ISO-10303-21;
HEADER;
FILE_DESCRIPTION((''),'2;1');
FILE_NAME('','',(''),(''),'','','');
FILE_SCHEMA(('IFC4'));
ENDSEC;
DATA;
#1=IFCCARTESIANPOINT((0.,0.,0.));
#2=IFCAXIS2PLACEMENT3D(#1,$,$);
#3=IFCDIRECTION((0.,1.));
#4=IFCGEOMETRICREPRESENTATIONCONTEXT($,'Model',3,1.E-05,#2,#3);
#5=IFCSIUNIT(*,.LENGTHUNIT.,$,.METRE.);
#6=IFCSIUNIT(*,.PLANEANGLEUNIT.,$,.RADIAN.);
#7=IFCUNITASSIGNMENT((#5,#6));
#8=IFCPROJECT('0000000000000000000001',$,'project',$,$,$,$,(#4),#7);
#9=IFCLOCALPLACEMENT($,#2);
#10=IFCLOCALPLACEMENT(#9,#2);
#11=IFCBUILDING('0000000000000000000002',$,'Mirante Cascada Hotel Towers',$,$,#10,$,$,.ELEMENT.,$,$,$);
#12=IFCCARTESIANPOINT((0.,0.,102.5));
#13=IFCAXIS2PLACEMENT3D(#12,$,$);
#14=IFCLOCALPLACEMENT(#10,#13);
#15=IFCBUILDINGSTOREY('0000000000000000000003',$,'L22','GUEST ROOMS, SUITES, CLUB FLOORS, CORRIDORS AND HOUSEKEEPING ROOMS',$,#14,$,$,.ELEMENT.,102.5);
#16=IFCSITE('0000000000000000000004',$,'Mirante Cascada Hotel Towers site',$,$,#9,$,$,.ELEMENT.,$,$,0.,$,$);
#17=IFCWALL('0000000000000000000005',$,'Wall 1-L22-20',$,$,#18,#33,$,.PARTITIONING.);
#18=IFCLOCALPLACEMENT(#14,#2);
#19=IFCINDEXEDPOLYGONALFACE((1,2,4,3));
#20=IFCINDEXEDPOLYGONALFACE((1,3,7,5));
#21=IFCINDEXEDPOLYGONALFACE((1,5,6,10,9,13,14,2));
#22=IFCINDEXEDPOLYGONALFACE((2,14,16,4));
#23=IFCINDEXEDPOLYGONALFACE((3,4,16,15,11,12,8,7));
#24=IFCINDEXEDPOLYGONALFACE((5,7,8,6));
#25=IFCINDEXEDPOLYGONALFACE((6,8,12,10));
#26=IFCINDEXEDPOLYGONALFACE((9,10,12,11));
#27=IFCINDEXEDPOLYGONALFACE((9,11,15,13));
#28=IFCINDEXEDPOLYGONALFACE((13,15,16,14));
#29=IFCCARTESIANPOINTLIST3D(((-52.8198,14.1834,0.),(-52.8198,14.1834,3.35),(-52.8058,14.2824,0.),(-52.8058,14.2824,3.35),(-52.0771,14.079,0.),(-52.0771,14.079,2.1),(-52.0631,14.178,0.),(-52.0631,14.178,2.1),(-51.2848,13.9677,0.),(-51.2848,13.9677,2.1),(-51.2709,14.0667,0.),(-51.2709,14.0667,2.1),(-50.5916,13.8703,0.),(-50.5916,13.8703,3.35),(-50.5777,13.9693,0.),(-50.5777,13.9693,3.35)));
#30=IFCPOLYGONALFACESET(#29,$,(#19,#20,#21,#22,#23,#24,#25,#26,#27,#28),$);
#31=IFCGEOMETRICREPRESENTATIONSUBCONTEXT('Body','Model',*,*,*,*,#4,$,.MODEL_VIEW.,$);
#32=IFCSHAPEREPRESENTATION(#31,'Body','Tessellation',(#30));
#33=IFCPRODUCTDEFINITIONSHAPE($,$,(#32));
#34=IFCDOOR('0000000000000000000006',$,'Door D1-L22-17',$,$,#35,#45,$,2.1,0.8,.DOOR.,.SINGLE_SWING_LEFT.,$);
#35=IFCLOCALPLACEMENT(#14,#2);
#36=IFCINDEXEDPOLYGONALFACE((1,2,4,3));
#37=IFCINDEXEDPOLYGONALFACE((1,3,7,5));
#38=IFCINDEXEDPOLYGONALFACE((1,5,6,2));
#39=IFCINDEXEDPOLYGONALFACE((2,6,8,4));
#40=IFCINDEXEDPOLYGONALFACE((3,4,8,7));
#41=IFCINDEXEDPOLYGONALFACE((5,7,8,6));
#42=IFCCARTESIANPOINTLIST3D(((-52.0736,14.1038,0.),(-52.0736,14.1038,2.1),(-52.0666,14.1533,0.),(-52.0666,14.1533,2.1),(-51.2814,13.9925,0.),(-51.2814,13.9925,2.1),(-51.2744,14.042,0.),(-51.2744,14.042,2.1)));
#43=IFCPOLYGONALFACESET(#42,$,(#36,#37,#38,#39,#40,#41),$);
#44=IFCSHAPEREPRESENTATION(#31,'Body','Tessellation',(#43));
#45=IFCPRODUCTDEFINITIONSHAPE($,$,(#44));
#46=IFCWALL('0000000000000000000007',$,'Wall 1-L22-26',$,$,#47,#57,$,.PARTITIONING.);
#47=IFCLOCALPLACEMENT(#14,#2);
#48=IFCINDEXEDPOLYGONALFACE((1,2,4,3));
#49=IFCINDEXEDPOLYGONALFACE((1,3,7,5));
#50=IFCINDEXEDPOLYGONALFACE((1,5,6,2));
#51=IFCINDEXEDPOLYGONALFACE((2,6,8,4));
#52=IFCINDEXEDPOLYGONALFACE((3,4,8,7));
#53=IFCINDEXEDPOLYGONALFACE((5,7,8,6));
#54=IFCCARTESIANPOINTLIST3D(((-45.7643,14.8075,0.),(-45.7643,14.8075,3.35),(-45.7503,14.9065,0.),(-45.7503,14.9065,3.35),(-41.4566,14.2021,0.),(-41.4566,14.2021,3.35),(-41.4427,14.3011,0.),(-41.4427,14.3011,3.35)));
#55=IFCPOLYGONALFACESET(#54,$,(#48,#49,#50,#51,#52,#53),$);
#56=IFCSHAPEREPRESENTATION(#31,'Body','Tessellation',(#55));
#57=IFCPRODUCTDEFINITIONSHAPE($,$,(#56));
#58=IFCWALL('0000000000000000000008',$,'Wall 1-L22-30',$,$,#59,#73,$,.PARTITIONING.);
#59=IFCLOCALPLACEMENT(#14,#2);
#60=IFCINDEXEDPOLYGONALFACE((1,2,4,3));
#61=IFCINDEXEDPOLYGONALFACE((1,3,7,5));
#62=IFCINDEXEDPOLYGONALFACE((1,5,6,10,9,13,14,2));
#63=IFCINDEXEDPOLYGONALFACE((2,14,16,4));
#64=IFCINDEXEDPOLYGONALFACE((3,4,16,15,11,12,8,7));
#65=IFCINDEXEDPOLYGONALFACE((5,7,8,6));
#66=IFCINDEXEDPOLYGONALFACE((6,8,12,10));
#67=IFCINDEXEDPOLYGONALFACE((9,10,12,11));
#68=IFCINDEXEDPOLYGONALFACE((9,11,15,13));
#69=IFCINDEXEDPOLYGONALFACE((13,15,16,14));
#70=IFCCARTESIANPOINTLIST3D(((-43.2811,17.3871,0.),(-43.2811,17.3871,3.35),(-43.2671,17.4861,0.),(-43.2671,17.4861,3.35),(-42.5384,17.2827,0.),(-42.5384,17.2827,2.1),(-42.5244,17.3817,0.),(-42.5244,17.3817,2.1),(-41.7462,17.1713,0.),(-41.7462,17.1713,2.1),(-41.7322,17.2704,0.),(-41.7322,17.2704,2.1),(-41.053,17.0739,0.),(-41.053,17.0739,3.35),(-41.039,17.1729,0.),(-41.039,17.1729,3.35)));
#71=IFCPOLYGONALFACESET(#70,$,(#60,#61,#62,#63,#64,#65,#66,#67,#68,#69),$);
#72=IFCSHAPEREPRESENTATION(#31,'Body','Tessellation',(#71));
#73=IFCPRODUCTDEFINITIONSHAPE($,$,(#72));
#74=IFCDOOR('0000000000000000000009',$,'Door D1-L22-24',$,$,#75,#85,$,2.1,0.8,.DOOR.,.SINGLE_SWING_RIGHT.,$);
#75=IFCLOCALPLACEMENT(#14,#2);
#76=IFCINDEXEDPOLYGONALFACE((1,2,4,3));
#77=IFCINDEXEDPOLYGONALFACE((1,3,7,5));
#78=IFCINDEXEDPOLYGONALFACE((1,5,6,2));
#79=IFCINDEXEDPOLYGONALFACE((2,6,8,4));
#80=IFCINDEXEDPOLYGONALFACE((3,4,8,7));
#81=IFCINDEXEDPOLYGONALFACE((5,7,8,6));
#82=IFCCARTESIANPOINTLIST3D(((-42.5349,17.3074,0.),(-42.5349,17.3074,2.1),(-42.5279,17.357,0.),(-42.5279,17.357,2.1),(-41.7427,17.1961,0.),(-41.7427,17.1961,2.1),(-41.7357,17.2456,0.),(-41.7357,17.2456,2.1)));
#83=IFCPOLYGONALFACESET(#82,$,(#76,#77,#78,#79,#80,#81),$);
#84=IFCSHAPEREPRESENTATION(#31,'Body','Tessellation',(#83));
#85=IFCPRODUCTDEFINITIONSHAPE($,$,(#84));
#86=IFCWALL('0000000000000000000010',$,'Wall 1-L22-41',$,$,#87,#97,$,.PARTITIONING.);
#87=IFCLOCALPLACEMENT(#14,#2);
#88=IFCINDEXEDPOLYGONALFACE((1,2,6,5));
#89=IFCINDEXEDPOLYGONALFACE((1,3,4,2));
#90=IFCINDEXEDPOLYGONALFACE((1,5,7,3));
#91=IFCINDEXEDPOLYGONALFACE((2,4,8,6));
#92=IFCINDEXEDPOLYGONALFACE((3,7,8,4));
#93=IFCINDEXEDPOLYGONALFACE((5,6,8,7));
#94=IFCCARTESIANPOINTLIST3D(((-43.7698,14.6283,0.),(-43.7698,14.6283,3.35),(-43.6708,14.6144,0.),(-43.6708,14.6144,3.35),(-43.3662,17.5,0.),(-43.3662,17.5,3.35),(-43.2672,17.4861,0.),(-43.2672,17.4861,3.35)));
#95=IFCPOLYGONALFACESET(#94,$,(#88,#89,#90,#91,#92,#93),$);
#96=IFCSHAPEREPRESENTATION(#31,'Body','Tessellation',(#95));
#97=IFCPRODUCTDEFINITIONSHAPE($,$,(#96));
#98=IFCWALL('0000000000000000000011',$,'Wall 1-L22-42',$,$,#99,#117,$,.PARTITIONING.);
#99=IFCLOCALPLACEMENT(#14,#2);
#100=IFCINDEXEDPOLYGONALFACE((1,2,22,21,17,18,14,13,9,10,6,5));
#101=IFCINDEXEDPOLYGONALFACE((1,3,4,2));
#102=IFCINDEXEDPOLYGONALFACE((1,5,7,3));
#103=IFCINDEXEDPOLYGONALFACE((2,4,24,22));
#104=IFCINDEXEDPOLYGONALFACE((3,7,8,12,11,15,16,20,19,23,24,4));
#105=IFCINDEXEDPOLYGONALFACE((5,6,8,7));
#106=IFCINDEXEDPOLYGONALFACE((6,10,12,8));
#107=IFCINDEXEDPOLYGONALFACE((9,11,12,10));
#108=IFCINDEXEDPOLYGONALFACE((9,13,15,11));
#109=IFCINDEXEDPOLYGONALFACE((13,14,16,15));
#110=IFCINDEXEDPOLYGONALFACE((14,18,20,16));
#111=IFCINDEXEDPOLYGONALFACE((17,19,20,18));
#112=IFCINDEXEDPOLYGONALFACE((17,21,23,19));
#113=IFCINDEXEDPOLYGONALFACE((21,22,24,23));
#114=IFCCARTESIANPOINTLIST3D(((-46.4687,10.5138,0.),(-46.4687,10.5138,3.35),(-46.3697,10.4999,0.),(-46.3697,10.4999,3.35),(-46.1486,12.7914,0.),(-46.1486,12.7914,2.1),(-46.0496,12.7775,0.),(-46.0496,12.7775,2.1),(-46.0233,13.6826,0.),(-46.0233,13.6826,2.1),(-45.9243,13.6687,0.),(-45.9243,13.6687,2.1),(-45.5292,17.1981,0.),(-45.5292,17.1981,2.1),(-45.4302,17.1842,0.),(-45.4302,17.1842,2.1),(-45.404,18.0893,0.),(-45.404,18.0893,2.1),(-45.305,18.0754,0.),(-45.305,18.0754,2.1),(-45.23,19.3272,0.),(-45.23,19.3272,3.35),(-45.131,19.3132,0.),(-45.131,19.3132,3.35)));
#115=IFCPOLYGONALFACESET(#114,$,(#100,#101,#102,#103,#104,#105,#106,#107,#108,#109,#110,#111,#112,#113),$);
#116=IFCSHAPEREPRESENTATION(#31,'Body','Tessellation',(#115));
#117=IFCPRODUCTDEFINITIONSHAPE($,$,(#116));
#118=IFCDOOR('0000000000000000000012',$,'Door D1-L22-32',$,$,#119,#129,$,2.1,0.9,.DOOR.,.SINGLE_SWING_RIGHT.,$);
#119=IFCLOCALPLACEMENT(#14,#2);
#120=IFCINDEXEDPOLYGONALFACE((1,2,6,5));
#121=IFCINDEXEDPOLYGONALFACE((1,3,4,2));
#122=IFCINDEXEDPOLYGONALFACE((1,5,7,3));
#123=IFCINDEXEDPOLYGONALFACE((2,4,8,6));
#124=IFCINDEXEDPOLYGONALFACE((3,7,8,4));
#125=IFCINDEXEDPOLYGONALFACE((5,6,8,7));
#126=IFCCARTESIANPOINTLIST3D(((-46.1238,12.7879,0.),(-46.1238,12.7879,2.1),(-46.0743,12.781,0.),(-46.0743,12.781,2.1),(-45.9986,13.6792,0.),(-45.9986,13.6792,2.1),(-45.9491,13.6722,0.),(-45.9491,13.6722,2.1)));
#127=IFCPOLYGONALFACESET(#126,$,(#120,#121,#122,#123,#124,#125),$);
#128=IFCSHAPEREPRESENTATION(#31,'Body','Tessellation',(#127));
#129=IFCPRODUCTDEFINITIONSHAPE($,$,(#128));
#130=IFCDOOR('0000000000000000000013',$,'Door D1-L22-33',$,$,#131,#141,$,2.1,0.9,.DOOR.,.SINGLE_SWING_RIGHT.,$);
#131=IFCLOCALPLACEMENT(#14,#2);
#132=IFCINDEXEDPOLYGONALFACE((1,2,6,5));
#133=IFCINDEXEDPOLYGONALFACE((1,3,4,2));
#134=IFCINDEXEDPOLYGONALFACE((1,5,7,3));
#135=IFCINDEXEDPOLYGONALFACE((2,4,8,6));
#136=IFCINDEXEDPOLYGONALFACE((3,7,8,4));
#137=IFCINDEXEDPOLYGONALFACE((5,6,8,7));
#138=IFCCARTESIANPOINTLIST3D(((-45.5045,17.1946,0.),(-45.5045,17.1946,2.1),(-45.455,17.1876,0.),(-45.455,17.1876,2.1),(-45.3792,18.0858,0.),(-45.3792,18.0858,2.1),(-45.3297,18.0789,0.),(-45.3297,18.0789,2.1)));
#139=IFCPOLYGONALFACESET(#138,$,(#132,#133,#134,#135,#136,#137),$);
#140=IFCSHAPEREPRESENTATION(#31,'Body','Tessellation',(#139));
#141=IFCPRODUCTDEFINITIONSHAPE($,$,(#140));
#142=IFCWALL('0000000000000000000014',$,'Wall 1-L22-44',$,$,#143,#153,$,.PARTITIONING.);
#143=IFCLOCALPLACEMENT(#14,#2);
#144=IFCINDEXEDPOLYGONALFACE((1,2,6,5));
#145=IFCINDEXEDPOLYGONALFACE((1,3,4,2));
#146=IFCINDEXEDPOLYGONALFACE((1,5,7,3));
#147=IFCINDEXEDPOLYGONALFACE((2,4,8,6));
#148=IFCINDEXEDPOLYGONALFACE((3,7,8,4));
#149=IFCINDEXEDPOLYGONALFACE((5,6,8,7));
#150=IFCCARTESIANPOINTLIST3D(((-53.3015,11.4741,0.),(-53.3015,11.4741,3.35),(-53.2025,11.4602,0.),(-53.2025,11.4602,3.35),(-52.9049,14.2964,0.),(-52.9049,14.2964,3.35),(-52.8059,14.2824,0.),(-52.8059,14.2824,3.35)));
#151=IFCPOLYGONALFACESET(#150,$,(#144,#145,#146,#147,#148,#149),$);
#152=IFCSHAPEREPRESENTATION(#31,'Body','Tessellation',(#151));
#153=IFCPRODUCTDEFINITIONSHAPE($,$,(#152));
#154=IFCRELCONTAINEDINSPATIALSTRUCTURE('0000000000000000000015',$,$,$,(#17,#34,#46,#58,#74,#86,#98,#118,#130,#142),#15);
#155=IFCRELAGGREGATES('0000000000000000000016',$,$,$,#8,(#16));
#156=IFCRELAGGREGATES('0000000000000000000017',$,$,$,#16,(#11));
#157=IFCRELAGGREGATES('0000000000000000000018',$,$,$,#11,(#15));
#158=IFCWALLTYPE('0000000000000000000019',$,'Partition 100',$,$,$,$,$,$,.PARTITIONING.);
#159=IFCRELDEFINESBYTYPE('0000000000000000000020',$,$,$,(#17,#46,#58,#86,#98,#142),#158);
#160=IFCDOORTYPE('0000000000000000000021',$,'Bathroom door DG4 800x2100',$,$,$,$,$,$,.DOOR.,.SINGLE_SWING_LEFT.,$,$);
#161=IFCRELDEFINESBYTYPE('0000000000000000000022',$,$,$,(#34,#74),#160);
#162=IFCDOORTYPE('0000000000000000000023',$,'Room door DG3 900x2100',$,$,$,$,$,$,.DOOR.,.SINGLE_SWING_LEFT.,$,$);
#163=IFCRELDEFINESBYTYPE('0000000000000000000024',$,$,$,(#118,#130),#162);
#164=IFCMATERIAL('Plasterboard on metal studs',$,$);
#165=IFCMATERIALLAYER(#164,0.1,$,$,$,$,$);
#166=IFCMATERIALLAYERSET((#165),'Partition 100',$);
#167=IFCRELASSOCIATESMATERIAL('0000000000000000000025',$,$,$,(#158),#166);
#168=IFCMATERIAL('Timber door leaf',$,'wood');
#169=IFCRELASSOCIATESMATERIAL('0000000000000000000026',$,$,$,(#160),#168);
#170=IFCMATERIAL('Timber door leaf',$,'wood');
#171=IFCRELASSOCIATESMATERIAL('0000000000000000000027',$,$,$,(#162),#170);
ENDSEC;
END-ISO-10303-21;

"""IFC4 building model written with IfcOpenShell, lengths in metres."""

from ifc_helpers import new_model, si_unit, direction, frame, frame_2d, origin, place, context, subcontext, project, spatial, rectangle, extrude, material, layer, layer_set, type_object, element, fill, save


model = new_model("IFC4")

# Units and contexts
model_context = context("Model", 3, precision=1e-05, world=origin(), true_north=direction((0.0, 1.0)))
body_context = subcontext(model_context, "Body", "Model", "MODEL_VIEW")
ifc_project = project(units=[si_unit("LENGTHUNIT", "METRE"), si_unit("PLANEANGLEUNIT", "RADIAN")], contexts=[model_context])

# Site, building, storey
site_placement = place(None, origin())
site = spatial("IfcSite", under=ifc_project, at=site_placement, Name="Mirante Cascada Hotel Towers site", CompositionType="ELEMENT", RefElevation=0.0)
building_placement = place(site_placement, origin())
building = spatial("IfcBuilding", under=site, at=building_placement, Name="Mirante Cascada Hotel Towers", CompositionType="ELEMENT")
storey_placement = place(building_placement, frame((0.0, 0.0, 102.5)))
storey = spatial("IfcBuildingStorey", under=building, at=storey_placement, Name="L22", Description="GUEST ROOMS, SUITES, CLUB FLOORS, CORRIDORS AND HOUSEKEEPING ROOMS", CompositionType="ELEMENT", Elevation=102.5)

# Wall, opening, door
ifc_material_1 = material(Name="Plasterboard on metal studs")
ifc_layer_1 = layer(ifc_material_1, 0.1)
ifc_layer_set_1 = layer_set([ifc_layer_1], Name="Partition 100")
wall_type_1 = type_object("IfcWallType", Name="Partition 100", PredefinedType="PARTITIONING", material=ifc_layer_set_1)
wall_1_placement = place(storey_placement, frame((-52.8128, 14.2329, 0.0), z_axis=(0.0, 0.0, 1.0), x_axis=(0.990271, -0.139156, 0.0)))
wall_1 = element("IfcWall", 1, at=wall_1_placement, inside=storey, type_object=wall_type_1, Name="Wall 1-L22-20", PredefinedType="PARTITIONING", context=body_context, shape_type="SweptSolid", body=[
    extrude(rectangle(XDim=2.25, YDim=0.1, at=frame_2d((1.125, 0.0))), origin(), (0.0, 0.0, 1.0), 3.35),
])
opening_1_placement = place(wall_1_placement, frame((0.75, 0.0, 0.0)))
opening_1 = element("IfcOpeningElement", 2, at=opening_1_placement, cuts=wall_1, PredefinedType="OPENING", context=body_context, shape_type="SweptSolid", body=[
    extrude(rectangle(XDim=0.8, YDim=2.1, at=frame_2d((0.4, 1.05))), frame((0.0, 0.05, 0.0), z_axis=(0.0, -1.0, 0.0), x_axis=(1.0, 0.0, 0.0)), (0.0, 0.0, 1.0), 0.1),
])
ifc_material_2 = material(Name="Timber door leaf", Category="wood")
door_type_1 = type_object("IfcDoorType", Name="Bathroom door DG4 800x2100", OperationType="SINGLE_SWING_LEFT", PredefinedType="DOOR", material=ifc_material_2)
door_1_placement = place(opening_1_placement, origin())
door_1 = element("IfcDoor", 3, at=door_1_placement, inside=storey, type_object=door_type_1, Name="Door D1-L22-17", OperationType="SINGLE_SWING_LEFT", OverallHeight=2.1, OverallWidth=0.8, PredefinedType="DOOR", context=body_context, shape_type="SweptSolid", body=[
    extrude(rectangle(XDim=0.8, YDim=2.1, at=frame_2d((0.4, 1.05))), frame((0.0, 0.025, 0.0), z_axis=(0.0, -1.0, 0.0), x_axis=(1.0, 0.0, 0.0)), (0.0, 0.0, 1.0), 0.05),
])
fill(opening_1, door_1)

# Wall
wall_2_placement = place(storey_placement, frame((-45.7573, 14.857, 0.0), z_axis=(0.0, 0.0, 1.0), x_axis=(0.990268, -0.139171, 0.0)))
element("IfcWall", 4, at=wall_2_placement, inside=storey, type_object=wall_type_1, Name="Wall 1-L22-26", PredefinedType="PARTITIONING", context=body_context, shape_type="SweptSolid", body=[
    extrude(rectangle(XDim=4.35, YDim=0.1, at=frame_2d((2.175, 0.0))), origin(), (0.0, 0.0, 1.0), 3.35),
])

# Wall, opening, door
wall_3_placement = place(storey_placement, frame((-43.2741, 17.4366, 0.0), z_axis=(0.0, 0.0, 1.0), x_axis=(0.990264, -0.1392, 0.0)))
wall_3 = element("IfcWall", 5, at=wall_3_placement, inside=storey, type_object=wall_type_1, Name="Wall 1-L22-30", PredefinedType="PARTITIONING", context=body_context, shape_type="SweptSolid", body=[
    extrude(rectangle(XDim=2.25, YDim=0.1, at=frame_2d((1.125, 0.0))), origin(), (0.0, 0.0, 1.0), 3.35),
])
opening_2_placement = place(wall_3_placement, frame((0.75, 0.0, 0.0)))
opening_2 = element("IfcOpeningElement", 6, at=opening_2_placement, cuts=wall_3, PredefinedType="OPENING", context=body_context, shape_type="SweptSolid", body=[
    extrude(rectangle(XDim=0.8, YDim=2.1, at=frame_2d((0.4, 1.05))), frame((0.0, 0.05, 0.0), z_axis=(0.0, -1.0, 0.0), x_axis=(1.0, 0.0, 0.0)), (0.0, 0.0, 1.0), 0.1),
])
door_2_placement = place(opening_2_placement, frame((0.8, 0.0, 0.0), z_axis=(0.0, 0.0, 1.0), x_axis=(-1.0, 0.0, 0.0)))
door_2 = element("IfcDoor", 7, at=door_2_placement, inside=storey, type_object=door_type_1, Name="Door D1-L22-24", OperationType="SINGLE_SWING_RIGHT", OverallHeight=2.1, OverallWidth=0.8, PredefinedType="DOOR", context=body_context, shape_type="SweptSolid", body=[
    extrude(rectangle(XDim=0.8, YDim=2.1, at=frame_2d((0.4, 1.05))), frame((0.0, 0.025, 0.0), z_axis=(0.0, -1.0, 0.0), x_axis=(1.0, 0.0, 0.0)), (0.0, 0.0, 1.0), 0.05),
])
fill(opening_2, door_2)

# Wall
wall_4_placement = place(storey_placement, frame((-43.7203, 14.6213, 0.0), z_axis=(0.0, 0.0, 1.0), x_axis=(0.139176, 0.990268, 0.0)))
element("IfcWall", 8, at=wall_4_placement, inside=storey, type_object=wall_type_1, Name="Wall 1-L22-41", PredefinedType="PARTITIONING", context=body_context, shape_type="SweptSolid", body=[
    extrude(rectangle(XDim=2.8999, YDim=0.1, at=frame_2d((1.45, 0.0))), origin(), (0.0, 0.0, 1.0), 3.35),
])

# Wall, openings, doors
wall_5_placement = place(storey_placement, frame((-45.1805, 19.3202, 0.0), z_axis=(0.0, 0.0, 1.0), x_axis=(-0.139179, -0.990267, 0.0)))
wall_5 = element("IfcWall", 9, at=wall_5_placement, inside=storey, type_object=wall_type_1, Name="Wall 1-L22-42", PredefinedType="PARTITIONING", context=body_context, shape_type="SweptSolid", body=[
    extrude(rectangle(XDim=8.9, YDim=0.1, at=frame_2d((4.45, 0.0))), origin(), (0.0, 0.0, 1.0), 3.35),
])
opening_3_placement = place(wall_5_placement, frame((5.7, 0.0, 0.0)))
opening_3 = element("IfcOpeningElement", 10, at=opening_3_placement, cuts=wall_5, PredefinedType="OPENING", context=body_context, shape_type="SweptSolid", body=[
    extrude(rectangle(XDim=0.9, YDim=2.1, at=frame_2d((0.45, 1.05))), frame((0.0, 0.05, 0.0), z_axis=(0.0, -1.0, 0.0), x_axis=(1.0, 0.0, 0.0)), (0.0, 0.0, 1.0), 0.1),
])
opening_4_placement = place(wall_5_placement, frame((1.25, 0.0, 0.0)))
opening_4 = element("IfcOpeningElement", 11, at=opening_4_placement, cuts=wall_5, PredefinedType="OPENING", context=body_context, shape_type="SweptSolid", body=[
    extrude(rectangle(XDim=0.9, YDim=2.1, at=frame_2d((0.45, 1.05))), frame((0.0, 0.05, 0.0), z_axis=(0.0, -1.0, 0.0), x_axis=(1.0, 0.0, 0.0)), (0.0, 0.0, 1.0), 0.1),
])
ifc_material_3 = material(Name="Timber door leaf", Category="wood")
door_type_2 = type_object("IfcDoorType", Name="Room door DG3 900x2100", OperationType="SINGLE_SWING_LEFT", PredefinedType="DOOR", material=ifc_material_3)
door_3_placement = place(opening_3_placement, frame((0.9, 0.0, 0.0), z_axis=(0.0, 0.0, 1.0), x_axis=(-1.0, 0.0, 0.0)))
door_3 = element("IfcDoor", 12, at=door_3_placement, inside=storey, type_object=door_type_2, Name="Door D1-L22-32", OperationType="SINGLE_SWING_RIGHT", OverallHeight=2.1, OverallWidth=0.9, PredefinedType="DOOR", context=body_context, shape_type="SweptSolid", body=[
    extrude(rectangle(XDim=0.9, YDim=2.1, at=frame_2d((0.45, 1.05))), frame((0.0, 0.025, 0.0), z_axis=(0.0, -1.0, 0.0), x_axis=(1.0, 0.0, 0.0)), (0.0, 0.0, 1.0), 0.05),
])
fill(opening_3, door_3)
door_4_placement = place(opening_4_placement, frame((0.9, 0.0, 0.0), z_axis=(0.0, 0.0, 1.0), x_axis=(-1.0, 0.0, 0.0)))
door_4 = element("IfcDoor", 13, at=door_4_placement, inside=storey, type_object=door_type_2, Name="Door D1-L22-33", OperationType="SINGLE_SWING_RIGHT", OverallHeight=2.1, OverallWidth=0.9, PredefinedType="DOOR", context=body_context, shape_type="SweptSolid", body=[
    extrude(rectangle(XDim=0.9, YDim=2.1, at=frame_2d((0.45, 1.05))), frame((0.0, 0.025, 0.0), z_axis=(0.0, -1.0, 0.0), x_axis=(1.0, 0.0, 0.0)), (0.0, 0.0, 1.0), 0.05),
])
fill(opening_4, door_4)

# Wall
wall_6_placement = place(storey_placement, frame((-52.8554, 14.2894, 0.0), z_axis=(0.0, 0.0, 1.0), x_axis=(-0.139156, -0.99027, 0.0)))
element("IfcWall", 14, at=wall_6_placement, inside=storey, type_object=wall_type_1, Name="Wall 1-L22-44", PredefinedType="PARTITIONING", context=body_context, shape_type="SweptSolid", body=[
    extrude(rectangle(XDim=2.85, YDim=0.1, at=frame_2d((1.425, 0.0))), origin(), (0.0, 0.0, 1.0), 3.35),
])

save(model, "model.ifc")
